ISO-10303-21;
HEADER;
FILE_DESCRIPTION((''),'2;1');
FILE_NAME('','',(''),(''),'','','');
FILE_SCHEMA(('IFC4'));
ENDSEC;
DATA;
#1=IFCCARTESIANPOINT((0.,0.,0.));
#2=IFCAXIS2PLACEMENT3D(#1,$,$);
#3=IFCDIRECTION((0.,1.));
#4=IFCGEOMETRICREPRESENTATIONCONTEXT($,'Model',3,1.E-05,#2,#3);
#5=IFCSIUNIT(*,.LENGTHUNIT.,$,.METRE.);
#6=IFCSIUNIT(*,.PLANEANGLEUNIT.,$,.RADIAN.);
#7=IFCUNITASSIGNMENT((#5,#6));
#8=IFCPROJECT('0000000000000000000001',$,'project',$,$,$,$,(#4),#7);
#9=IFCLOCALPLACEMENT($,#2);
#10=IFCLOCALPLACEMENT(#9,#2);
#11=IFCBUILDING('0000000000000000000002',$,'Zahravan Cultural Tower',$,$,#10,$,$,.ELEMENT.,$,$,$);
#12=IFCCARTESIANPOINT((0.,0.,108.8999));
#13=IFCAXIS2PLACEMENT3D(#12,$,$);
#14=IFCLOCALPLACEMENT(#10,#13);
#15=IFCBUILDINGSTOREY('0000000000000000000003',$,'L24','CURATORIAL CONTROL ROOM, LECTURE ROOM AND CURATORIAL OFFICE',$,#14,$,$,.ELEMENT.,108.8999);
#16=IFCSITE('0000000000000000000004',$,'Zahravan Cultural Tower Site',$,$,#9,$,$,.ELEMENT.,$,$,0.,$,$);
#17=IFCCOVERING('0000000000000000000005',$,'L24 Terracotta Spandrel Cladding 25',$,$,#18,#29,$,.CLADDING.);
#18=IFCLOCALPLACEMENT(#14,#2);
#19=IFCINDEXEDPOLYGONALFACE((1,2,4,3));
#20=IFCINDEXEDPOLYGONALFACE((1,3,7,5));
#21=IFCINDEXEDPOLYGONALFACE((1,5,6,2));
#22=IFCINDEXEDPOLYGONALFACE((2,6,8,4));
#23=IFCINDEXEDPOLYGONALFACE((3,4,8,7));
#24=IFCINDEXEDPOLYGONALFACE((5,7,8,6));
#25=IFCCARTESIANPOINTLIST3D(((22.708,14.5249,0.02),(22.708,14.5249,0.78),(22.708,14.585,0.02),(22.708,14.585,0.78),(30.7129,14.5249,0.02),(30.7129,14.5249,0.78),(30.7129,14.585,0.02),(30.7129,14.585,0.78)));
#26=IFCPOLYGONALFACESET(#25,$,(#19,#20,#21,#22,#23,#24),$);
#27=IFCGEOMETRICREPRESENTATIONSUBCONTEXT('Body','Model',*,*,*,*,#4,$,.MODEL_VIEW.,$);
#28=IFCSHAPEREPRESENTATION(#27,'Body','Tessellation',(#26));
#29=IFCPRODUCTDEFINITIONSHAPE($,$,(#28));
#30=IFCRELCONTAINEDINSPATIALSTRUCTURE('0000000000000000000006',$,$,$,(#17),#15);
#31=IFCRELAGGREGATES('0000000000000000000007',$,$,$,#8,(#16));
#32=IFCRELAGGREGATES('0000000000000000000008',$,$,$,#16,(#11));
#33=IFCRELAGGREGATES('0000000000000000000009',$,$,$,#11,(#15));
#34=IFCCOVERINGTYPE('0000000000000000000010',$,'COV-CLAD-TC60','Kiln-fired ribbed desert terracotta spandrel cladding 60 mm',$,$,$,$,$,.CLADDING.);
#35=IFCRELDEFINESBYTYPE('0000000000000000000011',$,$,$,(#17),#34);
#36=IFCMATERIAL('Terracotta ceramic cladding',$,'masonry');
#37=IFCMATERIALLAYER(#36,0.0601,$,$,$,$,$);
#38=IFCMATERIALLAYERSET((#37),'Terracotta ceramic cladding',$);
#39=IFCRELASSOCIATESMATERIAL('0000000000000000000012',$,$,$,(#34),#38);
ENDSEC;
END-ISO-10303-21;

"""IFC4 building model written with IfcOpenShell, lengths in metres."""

from ifc_helpers import new_model, si_unit, direction, frame, origin, origin_2d, place, context, subcontext, project, spatial, rectangle, extrude, source, transform, mapped, material, layer, layer_set, type_object, element, save


model = new_model("IFC4")

# Units and contexts
model_context = context("Model", 3, precision=1e-05, world=origin(), true_north=direction((0.0, 1.0)))
body_context = subcontext(model_context, "Body", "Model", "MODEL_VIEW")
ifc_project = project(units=[si_unit("LENGTHUNIT", "METRE"), si_unit("PLANEANGLEUNIT", "RADIAN")], contexts=[model_context])

# Site, building, storey
site_placement = place(None, origin())
site = spatial("IfcSite", under=ifc_project, at=site_placement, Name="Zahravan Cultural Tower Site", CompositionType="ELEMENT", RefElevation=0.0)
building_placement = place(site_placement, origin())
building = spatial("IfcBuilding", under=site, at=building_placement, Name="Zahravan Cultural Tower", CompositionType="ELEMENT")
storey_placement = place(building_placement, frame((0.0, 0.0, 108.8999)))
storey = spatial("IfcBuildingStorey", under=building, at=storey_placement, Name="L24", Description="CURATORIAL CONTROL ROOM, LECTURE ROOM AND CURATORIAL OFFICE", CompositionType="ELEMENT", Elevation=108.8999)

# Covering
ifc_material_1 = material(Name="Terracotta ceramic cladding", Category="masonry")
ifc_layer_1 = layer(ifc_material_1, 0.0601)
ifc_layer_set_1 = layer_set([ifc_layer_1], Name="Terracotta ceramic cladding")
covering_type = type_object("IfcCoveringType", Name="COV-CLAD-TC60", Description="Kiln-fired ribbed desert terracotta spandrel cladding 60 mm", PredefinedType="CLADDING", material=ifc_layer_set_1)
shared_shape_1 = source(origin(), body_context, "Body", "SweptSolid", [
    extrude(rectangle(XDim=8.0049, YDim=0.0601, at=origin_2d()), origin(), (0.0, 0.0, 1.0), 0.76),
])
covering_placement = place(storey_placement, frame((26.7104, 14.5549, 0.02), z_axis=(0.0, 0.0, 1.0), x_axis=(-1.0, 0.0, 0.0)))
element("IfcCovering", 1, at=covering_placement, inside=storey, type_object=covering_type, Name="L24 Terracotta Spandrel Cladding 25", PredefinedType="CLADDING", context=body_context, shape_type="MappedRepresentation", body=[
    mapped(shared_shape_1, transform((0.0, 0.0, 0.0), x_axis=(1.0, 0.0, 0.0), y_axis=(0.0, 1.0, 0.0), z_axis=(0.0, 0.0, 1.0), scale=1.0)),
])

save(model, "model.ifc")
